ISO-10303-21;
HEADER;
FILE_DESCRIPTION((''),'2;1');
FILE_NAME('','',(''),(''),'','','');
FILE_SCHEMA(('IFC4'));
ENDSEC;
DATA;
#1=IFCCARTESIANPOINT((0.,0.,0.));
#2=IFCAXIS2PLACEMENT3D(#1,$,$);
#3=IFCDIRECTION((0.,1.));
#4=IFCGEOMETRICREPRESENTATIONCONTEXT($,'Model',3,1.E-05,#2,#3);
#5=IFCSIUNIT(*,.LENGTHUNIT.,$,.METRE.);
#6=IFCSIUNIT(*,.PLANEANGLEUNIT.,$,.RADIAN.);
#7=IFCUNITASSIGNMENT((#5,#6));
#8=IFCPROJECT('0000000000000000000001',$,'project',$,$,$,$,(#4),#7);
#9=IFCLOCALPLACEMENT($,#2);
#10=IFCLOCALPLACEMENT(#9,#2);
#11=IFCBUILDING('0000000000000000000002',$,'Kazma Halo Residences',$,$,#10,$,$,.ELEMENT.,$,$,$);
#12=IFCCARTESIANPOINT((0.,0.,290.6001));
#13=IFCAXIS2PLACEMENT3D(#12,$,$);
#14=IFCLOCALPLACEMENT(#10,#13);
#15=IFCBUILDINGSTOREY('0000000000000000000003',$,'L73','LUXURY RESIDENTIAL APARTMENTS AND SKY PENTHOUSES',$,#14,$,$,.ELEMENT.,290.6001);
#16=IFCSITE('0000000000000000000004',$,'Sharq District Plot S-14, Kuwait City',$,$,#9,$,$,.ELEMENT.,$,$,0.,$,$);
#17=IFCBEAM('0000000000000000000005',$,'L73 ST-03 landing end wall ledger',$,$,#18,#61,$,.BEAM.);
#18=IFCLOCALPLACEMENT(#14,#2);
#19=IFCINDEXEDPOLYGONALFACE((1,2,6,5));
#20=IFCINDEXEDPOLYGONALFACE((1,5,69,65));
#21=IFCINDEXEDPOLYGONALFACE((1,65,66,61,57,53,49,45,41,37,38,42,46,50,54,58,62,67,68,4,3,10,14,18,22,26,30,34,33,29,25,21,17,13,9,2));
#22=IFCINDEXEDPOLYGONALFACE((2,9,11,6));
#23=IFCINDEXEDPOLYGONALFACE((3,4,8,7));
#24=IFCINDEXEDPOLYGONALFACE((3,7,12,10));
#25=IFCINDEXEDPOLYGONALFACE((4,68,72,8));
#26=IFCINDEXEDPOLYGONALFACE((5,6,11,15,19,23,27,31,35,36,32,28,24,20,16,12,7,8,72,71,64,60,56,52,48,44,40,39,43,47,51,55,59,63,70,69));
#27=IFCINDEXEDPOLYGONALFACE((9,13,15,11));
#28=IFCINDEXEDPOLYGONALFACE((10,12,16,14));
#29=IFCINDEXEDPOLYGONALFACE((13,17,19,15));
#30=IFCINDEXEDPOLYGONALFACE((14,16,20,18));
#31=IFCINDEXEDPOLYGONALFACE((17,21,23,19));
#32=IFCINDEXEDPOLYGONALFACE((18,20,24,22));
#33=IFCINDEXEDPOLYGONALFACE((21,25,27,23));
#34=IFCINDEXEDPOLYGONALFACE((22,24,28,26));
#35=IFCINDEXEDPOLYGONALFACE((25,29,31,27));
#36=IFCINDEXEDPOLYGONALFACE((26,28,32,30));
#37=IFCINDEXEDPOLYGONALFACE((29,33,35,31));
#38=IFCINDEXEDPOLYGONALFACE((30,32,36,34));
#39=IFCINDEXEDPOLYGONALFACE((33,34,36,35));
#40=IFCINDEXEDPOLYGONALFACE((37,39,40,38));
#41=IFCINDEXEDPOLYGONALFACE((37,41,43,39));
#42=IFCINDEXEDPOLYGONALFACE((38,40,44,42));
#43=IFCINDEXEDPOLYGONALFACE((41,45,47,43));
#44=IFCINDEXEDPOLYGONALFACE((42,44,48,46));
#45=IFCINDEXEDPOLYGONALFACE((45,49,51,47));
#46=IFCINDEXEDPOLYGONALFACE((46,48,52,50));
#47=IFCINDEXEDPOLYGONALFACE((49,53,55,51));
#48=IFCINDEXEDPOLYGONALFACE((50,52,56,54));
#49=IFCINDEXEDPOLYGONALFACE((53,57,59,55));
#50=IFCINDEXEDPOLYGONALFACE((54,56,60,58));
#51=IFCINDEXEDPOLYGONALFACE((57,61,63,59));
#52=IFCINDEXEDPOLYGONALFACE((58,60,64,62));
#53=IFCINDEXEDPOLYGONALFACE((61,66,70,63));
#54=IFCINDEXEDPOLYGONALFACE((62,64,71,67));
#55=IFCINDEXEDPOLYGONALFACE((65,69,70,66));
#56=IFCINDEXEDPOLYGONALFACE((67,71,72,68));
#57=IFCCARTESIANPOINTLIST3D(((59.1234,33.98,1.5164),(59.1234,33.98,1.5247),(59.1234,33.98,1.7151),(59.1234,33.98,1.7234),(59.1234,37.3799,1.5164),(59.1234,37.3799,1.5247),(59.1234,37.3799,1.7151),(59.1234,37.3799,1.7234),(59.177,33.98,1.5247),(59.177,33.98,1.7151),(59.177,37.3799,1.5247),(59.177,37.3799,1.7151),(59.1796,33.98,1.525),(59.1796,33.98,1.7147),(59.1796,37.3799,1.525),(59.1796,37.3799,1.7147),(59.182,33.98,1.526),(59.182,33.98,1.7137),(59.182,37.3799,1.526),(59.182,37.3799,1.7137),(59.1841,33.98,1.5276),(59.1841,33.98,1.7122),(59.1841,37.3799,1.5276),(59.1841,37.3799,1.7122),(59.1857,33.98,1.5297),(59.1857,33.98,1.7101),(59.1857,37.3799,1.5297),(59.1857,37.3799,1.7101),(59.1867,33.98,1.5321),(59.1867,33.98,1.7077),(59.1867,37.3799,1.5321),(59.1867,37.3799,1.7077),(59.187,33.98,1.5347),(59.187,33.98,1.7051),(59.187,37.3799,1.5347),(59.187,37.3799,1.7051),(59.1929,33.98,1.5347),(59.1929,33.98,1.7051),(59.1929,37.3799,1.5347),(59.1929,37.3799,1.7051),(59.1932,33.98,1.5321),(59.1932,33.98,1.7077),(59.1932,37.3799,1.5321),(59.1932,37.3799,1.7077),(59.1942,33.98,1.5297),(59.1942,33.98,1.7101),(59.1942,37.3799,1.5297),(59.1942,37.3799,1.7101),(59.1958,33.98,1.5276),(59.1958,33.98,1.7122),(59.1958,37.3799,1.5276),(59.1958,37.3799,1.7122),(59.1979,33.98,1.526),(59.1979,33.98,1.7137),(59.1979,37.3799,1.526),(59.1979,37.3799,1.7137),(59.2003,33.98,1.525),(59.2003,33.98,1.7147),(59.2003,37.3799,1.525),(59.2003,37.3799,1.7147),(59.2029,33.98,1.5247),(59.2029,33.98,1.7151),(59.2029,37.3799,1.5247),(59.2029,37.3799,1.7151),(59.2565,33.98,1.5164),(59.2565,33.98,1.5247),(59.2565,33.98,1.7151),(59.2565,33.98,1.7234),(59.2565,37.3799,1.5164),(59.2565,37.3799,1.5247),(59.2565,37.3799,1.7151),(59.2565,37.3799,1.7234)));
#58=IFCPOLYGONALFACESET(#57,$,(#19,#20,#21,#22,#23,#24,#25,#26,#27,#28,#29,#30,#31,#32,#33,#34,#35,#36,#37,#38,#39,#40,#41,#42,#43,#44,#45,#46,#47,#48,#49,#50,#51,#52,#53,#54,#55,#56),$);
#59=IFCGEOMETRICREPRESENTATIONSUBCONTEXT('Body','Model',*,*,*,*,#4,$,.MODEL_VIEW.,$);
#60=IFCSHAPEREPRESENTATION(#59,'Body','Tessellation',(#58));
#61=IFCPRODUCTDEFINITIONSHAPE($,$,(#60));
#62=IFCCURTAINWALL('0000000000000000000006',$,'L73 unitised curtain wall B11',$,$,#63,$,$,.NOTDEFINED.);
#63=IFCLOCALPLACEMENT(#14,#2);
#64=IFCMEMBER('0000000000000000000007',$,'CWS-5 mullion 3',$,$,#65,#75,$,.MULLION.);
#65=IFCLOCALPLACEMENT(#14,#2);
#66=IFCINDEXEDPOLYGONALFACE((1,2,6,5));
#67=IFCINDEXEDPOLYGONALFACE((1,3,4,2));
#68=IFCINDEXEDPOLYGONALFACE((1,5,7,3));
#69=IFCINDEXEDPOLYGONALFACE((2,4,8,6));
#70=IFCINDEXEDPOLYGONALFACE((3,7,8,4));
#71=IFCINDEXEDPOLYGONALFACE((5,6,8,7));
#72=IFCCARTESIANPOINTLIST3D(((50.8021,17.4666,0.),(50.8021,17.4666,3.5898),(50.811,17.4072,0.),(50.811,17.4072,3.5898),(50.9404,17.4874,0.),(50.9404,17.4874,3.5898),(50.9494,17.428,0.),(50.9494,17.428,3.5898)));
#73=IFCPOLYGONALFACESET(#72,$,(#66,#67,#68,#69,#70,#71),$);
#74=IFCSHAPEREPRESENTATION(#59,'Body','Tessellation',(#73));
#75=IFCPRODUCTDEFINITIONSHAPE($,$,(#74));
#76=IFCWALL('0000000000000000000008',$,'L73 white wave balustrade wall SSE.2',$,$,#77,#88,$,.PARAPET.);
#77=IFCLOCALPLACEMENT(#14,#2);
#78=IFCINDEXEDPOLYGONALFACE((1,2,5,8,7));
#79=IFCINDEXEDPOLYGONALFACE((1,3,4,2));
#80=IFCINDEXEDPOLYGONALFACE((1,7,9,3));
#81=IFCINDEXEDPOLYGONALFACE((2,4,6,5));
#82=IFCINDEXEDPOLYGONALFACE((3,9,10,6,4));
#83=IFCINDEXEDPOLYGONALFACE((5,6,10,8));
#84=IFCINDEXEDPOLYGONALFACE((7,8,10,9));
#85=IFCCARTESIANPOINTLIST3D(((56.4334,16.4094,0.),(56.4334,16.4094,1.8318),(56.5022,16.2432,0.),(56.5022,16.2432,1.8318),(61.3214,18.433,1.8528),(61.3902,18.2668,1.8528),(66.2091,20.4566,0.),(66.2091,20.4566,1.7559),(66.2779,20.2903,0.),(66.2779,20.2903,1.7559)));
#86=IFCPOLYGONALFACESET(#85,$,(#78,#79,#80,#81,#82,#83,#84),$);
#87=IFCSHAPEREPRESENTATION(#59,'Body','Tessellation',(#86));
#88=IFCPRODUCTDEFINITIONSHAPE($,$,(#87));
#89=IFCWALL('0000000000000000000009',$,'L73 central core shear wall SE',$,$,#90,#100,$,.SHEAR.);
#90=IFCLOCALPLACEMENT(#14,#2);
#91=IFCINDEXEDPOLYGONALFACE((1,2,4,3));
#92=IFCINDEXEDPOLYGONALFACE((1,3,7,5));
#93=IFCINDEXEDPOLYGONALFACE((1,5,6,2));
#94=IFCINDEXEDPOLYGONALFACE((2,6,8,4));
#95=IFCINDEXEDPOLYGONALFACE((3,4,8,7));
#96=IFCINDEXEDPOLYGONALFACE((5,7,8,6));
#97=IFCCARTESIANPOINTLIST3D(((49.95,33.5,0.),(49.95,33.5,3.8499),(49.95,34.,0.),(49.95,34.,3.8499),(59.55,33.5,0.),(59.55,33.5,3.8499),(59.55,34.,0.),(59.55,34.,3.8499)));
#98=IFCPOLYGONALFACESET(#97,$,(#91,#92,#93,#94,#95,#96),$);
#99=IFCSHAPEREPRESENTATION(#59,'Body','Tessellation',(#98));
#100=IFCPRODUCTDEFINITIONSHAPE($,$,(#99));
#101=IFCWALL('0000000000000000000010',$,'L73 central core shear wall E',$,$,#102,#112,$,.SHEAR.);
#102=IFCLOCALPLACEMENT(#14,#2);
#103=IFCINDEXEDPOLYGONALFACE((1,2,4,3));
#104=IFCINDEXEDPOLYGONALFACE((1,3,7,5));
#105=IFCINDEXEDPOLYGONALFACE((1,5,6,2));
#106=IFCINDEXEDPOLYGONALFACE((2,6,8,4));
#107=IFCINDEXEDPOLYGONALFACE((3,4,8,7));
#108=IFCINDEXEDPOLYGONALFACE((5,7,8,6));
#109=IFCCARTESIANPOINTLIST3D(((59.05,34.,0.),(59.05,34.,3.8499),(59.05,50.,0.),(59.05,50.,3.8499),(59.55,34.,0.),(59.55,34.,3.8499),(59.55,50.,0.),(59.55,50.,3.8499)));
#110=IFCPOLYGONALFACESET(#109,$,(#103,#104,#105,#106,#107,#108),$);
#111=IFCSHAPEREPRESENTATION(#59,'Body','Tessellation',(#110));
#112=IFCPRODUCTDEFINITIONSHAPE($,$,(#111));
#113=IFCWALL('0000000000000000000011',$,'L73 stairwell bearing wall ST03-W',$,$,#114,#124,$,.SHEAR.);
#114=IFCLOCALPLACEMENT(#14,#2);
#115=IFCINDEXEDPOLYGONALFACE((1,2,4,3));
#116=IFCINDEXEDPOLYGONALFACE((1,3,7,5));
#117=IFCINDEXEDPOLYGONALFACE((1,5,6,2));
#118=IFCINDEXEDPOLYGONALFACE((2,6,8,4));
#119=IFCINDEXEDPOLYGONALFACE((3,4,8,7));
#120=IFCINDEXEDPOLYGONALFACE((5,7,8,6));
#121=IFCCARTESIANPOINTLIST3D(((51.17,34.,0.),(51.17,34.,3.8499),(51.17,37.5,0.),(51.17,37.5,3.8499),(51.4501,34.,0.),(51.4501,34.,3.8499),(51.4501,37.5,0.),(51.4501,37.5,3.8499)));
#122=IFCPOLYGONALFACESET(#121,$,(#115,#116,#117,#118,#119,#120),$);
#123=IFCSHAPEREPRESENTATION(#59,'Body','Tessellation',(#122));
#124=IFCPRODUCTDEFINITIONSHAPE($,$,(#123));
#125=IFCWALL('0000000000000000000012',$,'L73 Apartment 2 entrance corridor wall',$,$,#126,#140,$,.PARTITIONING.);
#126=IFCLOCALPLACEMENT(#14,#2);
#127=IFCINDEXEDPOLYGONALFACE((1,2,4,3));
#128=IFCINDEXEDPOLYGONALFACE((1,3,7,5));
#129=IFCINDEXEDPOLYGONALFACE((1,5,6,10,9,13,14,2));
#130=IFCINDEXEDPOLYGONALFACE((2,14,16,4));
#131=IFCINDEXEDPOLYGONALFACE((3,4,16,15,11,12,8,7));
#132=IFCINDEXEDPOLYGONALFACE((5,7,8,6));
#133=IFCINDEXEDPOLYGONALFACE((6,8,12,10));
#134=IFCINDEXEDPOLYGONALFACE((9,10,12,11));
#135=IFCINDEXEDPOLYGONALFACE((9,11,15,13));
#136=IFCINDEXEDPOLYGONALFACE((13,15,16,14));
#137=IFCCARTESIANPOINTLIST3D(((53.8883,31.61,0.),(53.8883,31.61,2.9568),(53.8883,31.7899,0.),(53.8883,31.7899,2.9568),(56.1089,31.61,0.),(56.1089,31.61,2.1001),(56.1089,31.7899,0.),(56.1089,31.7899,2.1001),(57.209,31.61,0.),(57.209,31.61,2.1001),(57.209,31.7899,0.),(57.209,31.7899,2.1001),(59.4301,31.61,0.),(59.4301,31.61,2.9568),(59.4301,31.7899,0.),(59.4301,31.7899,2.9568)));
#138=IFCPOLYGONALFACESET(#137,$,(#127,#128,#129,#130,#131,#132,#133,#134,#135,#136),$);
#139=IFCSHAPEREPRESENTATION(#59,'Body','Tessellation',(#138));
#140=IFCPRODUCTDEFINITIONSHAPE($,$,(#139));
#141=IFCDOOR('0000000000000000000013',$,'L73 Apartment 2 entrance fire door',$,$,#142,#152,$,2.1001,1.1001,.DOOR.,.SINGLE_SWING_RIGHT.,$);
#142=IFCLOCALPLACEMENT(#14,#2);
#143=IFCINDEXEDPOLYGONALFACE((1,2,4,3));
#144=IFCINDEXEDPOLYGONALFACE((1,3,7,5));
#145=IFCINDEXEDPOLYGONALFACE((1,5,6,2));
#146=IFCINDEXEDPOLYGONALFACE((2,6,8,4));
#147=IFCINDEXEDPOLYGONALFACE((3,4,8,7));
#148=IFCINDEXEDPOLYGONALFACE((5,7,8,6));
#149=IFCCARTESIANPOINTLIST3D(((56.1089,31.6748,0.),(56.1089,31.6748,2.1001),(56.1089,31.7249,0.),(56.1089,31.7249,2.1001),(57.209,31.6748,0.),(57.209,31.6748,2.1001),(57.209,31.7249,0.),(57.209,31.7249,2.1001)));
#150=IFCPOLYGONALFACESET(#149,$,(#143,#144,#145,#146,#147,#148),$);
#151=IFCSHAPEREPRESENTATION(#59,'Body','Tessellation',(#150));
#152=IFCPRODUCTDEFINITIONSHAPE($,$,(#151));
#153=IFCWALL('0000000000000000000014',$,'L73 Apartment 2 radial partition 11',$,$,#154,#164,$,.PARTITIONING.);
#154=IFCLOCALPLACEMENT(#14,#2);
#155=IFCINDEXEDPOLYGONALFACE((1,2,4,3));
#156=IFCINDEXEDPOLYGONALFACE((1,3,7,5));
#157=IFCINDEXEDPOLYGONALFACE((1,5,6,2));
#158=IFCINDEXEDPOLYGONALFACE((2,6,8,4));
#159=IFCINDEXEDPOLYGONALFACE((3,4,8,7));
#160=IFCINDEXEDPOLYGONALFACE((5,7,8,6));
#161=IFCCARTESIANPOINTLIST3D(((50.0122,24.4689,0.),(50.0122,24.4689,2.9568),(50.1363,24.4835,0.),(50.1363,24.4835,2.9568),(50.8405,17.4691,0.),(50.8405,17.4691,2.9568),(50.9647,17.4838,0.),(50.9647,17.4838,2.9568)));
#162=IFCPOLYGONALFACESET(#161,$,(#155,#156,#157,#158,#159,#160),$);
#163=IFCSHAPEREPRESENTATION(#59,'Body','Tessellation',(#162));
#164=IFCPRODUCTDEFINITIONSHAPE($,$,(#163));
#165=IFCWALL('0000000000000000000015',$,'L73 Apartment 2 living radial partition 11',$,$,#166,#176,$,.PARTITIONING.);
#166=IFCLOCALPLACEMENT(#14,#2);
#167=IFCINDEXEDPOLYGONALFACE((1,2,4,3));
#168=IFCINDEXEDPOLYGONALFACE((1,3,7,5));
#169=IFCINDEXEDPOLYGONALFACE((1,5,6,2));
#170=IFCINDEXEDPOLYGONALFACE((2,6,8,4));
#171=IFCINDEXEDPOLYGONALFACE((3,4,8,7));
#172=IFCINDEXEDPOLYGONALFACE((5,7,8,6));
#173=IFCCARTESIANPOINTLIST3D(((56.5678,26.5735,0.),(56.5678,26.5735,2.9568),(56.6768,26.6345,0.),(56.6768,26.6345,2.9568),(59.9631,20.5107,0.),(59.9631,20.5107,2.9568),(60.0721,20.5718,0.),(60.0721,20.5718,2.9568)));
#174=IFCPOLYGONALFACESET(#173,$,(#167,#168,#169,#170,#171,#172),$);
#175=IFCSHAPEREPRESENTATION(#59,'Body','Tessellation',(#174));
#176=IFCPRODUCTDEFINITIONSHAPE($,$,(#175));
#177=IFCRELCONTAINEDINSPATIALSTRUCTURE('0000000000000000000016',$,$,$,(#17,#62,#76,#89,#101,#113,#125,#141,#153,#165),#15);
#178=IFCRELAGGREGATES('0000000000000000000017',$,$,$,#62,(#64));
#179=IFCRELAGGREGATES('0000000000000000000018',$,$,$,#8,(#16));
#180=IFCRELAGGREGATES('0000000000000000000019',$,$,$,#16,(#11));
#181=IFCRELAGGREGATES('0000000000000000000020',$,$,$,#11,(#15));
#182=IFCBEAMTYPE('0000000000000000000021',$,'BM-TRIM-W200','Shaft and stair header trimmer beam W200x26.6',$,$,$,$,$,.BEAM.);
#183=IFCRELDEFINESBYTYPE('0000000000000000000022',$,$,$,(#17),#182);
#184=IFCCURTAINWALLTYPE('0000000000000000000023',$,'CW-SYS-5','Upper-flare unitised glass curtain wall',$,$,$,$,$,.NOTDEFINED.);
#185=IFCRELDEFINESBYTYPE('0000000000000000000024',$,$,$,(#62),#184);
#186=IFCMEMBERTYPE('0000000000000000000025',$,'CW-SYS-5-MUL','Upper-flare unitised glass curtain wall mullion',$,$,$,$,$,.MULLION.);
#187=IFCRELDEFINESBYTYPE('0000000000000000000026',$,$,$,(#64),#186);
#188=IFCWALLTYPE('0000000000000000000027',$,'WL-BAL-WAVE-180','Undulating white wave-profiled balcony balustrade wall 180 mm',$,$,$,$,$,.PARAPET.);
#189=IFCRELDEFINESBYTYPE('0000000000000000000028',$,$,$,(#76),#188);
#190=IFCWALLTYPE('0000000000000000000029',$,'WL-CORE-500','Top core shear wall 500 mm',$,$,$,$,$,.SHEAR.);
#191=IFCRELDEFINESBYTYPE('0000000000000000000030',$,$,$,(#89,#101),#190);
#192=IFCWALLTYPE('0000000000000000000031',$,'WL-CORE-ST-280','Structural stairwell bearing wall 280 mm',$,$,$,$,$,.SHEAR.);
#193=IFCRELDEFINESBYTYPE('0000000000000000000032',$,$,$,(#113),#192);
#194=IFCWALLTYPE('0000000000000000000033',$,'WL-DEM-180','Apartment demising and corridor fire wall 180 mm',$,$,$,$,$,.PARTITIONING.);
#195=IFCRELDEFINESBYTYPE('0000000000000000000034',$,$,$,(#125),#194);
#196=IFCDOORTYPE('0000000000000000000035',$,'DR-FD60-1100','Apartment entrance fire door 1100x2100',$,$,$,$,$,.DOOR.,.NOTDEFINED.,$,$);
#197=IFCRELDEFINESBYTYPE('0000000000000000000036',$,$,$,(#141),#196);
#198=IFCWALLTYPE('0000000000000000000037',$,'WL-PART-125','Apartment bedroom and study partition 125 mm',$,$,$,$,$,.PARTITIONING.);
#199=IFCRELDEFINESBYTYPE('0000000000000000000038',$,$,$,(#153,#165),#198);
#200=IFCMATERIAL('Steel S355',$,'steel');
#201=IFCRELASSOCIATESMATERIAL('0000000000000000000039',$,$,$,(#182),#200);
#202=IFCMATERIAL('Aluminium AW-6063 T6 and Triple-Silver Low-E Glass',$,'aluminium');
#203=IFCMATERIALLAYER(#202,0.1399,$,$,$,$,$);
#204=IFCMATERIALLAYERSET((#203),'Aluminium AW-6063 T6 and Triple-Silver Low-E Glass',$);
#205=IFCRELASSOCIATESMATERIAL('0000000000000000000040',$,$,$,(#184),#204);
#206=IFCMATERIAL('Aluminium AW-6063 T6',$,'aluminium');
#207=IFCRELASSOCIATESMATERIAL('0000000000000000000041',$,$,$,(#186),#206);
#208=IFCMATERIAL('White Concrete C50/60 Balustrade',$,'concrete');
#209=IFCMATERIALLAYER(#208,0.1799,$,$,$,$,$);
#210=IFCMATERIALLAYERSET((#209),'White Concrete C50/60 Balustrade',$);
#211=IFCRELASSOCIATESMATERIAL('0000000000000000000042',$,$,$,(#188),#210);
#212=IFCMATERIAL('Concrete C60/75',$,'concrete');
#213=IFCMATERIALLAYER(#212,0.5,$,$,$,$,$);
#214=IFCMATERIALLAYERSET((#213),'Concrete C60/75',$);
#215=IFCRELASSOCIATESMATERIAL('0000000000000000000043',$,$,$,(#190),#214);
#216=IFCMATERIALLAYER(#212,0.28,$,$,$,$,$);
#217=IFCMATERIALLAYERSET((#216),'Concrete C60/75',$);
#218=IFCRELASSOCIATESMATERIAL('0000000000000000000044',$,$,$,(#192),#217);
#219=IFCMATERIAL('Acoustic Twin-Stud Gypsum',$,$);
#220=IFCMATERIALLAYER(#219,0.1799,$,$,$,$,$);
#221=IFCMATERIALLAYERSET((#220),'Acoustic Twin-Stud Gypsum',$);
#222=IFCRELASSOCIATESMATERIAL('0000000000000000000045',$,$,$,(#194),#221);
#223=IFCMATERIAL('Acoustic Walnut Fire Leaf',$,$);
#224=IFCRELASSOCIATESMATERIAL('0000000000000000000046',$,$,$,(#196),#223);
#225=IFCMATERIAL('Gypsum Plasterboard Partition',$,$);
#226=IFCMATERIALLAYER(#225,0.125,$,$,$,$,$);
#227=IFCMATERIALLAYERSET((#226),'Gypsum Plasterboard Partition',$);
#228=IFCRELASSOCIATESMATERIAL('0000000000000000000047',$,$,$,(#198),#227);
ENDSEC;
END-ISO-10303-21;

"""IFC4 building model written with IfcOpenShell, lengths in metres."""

from ifc_helpers import new_model, si_unit, direction, frame, frame_2d, origin, origin_2d, place, context, subcontext, project, spatial, polyline, rectangle, i_section, outline, extrude, material, layer, layer_set, material_profile, profile_set, type_object, element, fill, aggregate, save


model = new_model("IFC4")

# Units and contexts
model_context = context("Model", 3, precision=1e-05, world=origin(), true_north=direction((0.0, 1.0)))
body_context = subcontext(model_context, "Body", "Model", "MODEL_VIEW")
ifc_project = project(units=[si_unit("LENGTHUNIT", "METRE"), si_unit("PLANEANGLEUNIT", "RADIAN")], contexts=[model_context])

# Site, building, storey
site_placement = place(None, origin())
site = spatial("IfcSite", under=ifc_project, at=site_placement, Name="Sharq District Plot S-14, Kuwait City", CompositionType="ELEMENT", RefElevation=0.0)
building_placement = place(site_placement, origin())
building = spatial("IfcBuilding", under=site, at=building_placement, Name="Kazma Halo Residences", CompositionType="ELEMENT")
storey_placement = place(building_placement, frame((0.0, 0.0, 290.6001)))
storey = spatial("IfcBuildingStorey", under=building, at=storey_placement, Name="L73", Description="LUXURY RESIDENTIAL APARTMENTS AND SKY PENTHOUSES", CompositionType="ELEMENT", Elevation=290.6001)

# Shared definitions
ifc_material_1 = material(Name="Concrete C60/75", Category="concrete")

# Beam
ifc_material_2 = material(Name="Steel S355", Category="steel")
ifc_material_profile_1 = material_profile(ifc_material_2, i_section(OverallWidth=0.1331, OverallDepth=0.207, WebThickness=0.0059, FlangeThickness=0.0083, FilletRadius=0.01, at=origin_2d()), Name="W200x26.6")
ifc_profile_set_1 = profile_set([ifc_material_profile_1], Name="Steel S355")
beam_type_1 = type_object("IfcBeamType", Name="BM-TRIM-W200", Description="Shaft and stair header trimmer beam W200x26.6", PredefinedType="BEAM", material=ifc_profile_set_1)
beam_1_placement = place(storey_placement, frame((59.1899, 33.98, 1.6199), z_axis=(0.0, 1.0, 0.0), x_axis=(-1.0, 0.0, 0.0)))
element("IfcBeam", 1, at=beam_1_placement, inside=storey, type_object=beam_type_1, Name="L73 ST-03 landing end wall ledger", PredefinedType="BEAM", context=body_context, shape_type="SweptSolid", body=[
    extrude(i_section(OverallWidth=0.1331, OverallDepth=0.207, WebThickness=0.0059, FlangeThickness=0.0083, FilletRadius=0.01, at=origin_2d()), origin(), (0.0, 0.0, 1.0), 3.3999),
])

# Curtain wall, member
ifc_material_3 = material(Name="Aluminium AW-6063 T6 and Triple-Silver Low-E Glass", Category="aluminium")
ifc_layer_1 = layer(ifc_material_3, 0.1399)
ifc_layer_set_1 = layer_set([ifc_layer_1], Name="Aluminium AW-6063 T6 and Triple-Silver Low-E Glass")
curtain_wall_type = type_object("IfcCurtainWallType", Name="CW-SYS-5", Description="Upper-flare unitised glass curtain wall", PredefinedType="NOTDEFINED", material=ifc_layer_set_1)
curtain_wall_placement = place(storey_placement, origin())
curtain_wall = element("IfcCurtainWall", 2, at=curtain_wall_placement, inside=storey, type_object=curtain_wall_type, Name="L73 unitised curtain wall B11", PredefinedType="NOTDEFINED")
ifc_material_4 = material(Name="Aluminium AW-6063 T6", Category="aluminium")
ifc_material_profile_2 = material_profile(ifc_material_4, rectangle(XDim=0.0601, YDim=0.1399, at=origin_2d()), Name="CWM-60x140")
ifc_profile_set_2 = profile_set([ifc_material_profile_2], Name="Aluminium AW-6063 T6")
member_type = type_object("IfcMemberType", Name="CW-SYS-5-MUL", Description="Upper-flare unitised glass curtain wall mullion", PredefinedType="MULLION", material=ifc_profile_set_2)
member_placement = place(storey_placement, frame((50.8757, 17.4473, 0.0), z_axis=(0.0, 0.0, 1.0), x_axis=(-0.148697, 0.988883, 0.0)))
member = element("IfcMember", 3, at=member_placement, type_object=member_type, Name="CWS-5 mullion 3", PredefinedType="MULLION", context=body_context, shape_type="SweptSolid", body=[
    extrude(rectangle(XDim=0.0601, YDim=0.1399, at=origin_2d()), origin(), (0.0, 0.0, 1.0), 3.5898),
])
aggregate(curtain_wall, [member])

# Walls
ifc_material_5 = material(Name="White Concrete C50/60 Balustrade", Category="concrete")
ifc_layer_2 = layer(ifc_material_5, 0.1799)
ifc_layer_set_2 = layer_set([ifc_layer_2], Name="White Concrete C50/60 Balustrade")
wall_type_1 = type_object("IfcWallType", Name="WL-BAL-WAVE-180", Description="Undulating white wave-profiled balcony balustrade wall 180 mm", PredefinedType="PARAPET", material=ifc_layer_set_2)
wall_1_placement = place(storey_placement, frame((56.4678, 16.3264, 0.0), z_axis=(0.0, 0.0, 1.0), x_axis=(0.923949, 0.382516, 0.0)))
element("IfcWall", 4, at=wall_1_placement, inside=storey, type_object=wall_type_1, Name="L73 white wave balustrade wall SSE.2", PredefinedType="PARAPET", context=body_context, shape_type="SweptSolid", body=[
    extrude(outline(polyline([(0.0, 0.0), (10.5803, 0.0), (10.5803, 1.7559), (5.2903, 1.8528), (0.0, 1.8318), (0.0, 0.0)])), frame((0.0, 0.0898, 0.0), z_axis=(0.0, -1.0, 0.0), x_axis=(1.0, 0.0, 0.0)), (0.0, 0.0, 1.0), 0.1799),
])
ifc_layer_3 = layer(ifc_material_1, 0.5)
ifc_layer_set_3 = layer_set([ifc_layer_3], Name="Concrete C60/75")
wall_type_2 = type_object("IfcWallType", Name="WL-CORE-500", Description="Top core shear wall 500 mm", PredefinedType="SHEAR", material=ifc_layer_set_3)
wall_2_placement = place(storey_placement, frame((49.95, 33.75, 0.0), z_axis=(0.0, 0.0, 1.0), x_axis=(1.0, 0.0, 0.0)))
element("IfcWall", 5, at=wall_2_placement, inside=storey, type_object=wall_type_2, Name="L73 central core shear wall SE", PredefinedType="SHEAR", context=body_context, shape_type="SweptSolid", body=[
    extrude(rectangle(XDim=9.6001, YDim=0.5, at=frame_2d((4.8, 0.0))), origin(), (0.0, 0.0, 1.0), 3.8499),
])
wall_3_placement = place(storey_placement, frame((59.3, 34.0, 0.0), z_axis=(0.0, 0.0, 1.0), x_axis=(0.0, 1.0, 0.0)))
element("IfcWall", 6, at=wall_3_placement, inside=storey, type_object=wall_type_2, Name="L73 central core shear wall E", PredefinedType="SHEAR", context=body_context, shape_type="SweptSolid", body=[
    extrude(rectangle(XDim=16.0, YDim=0.5, at=frame_2d((8.0, 0.0))), origin(), (0.0, 0.0, 1.0), 3.8499),
])
ifc_layer_4 = layer(ifc_material_1, 0.28)
ifc_layer_set_4 = layer_set([ifc_layer_4], Name="Concrete C60/75")
wall_type_3 = type_object("IfcWallType", Name="WL-CORE-ST-280", Description="Structural stairwell bearing wall 280 mm", PredefinedType="SHEAR", material=ifc_layer_set_4)
wall_4_placement = place(storey_placement, frame((51.3101, 34.0, 0.0), z_axis=(0.0, 0.0, 1.0), x_axis=(0.0, 1.0, 0.0)))
element("IfcWall", 7, at=wall_4_placement, inside=storey, type_object=wall_type_3, Name="L73 stairwell bearing wall ST03-W", PredefinedType="SHEAR", context=body_context, shape_type="SweptSolid", body=[
    extrude(rectangle(XDim=3.5, YDim=0.28, at=frame_2d((1.75, 0.0))), origin(), (0.0, 0.0, 1.0), 3.8499),
])

# Wall, opening, door
ifc_material_6 = material(Name="Acoustic Twin-Stud Gypsum")
ifc_layer_5 = layer(ifc_material_6, 0.1799)
ifc_layer_set_5 = layer_set([ifc_layer_5], Name="Acoustic Twin-Stud Gypsum")
wall_type_4 = type_object("IfcWallType", Name="WL-DEM-180", Description="Apartment demising and corridor fire wall 180 mm", PredefinedType="PARTITIONING", material=ifc_layer_set_5)
wall_5_placement = place(storey_placement, frame((53.8882, 31.7, 0.0), z_axis=(0.0, 0.0, 1.0), x_axis=(1.0, 0.0, 0.0)))
wall_5 = element("IfcWall", 8, at=wall_5_placement, inside=storey, type_object=wall_type_4, Name="L73 Apartment 2 entrance corridor wall", PredefinedType="PARTITIONING", context=body_context, shape_type="SweptSolid", body=[
    extrude(rectangle(XDim=5.5417, YDim=0.1799, at=frame_2d((2.771, 0.0))), origin(), (0.0, 0.0, 1.0), 2.9568),
])
opening_1_placement = place(wall_5_placement, frame((2.2207, 0.0, 0.0)))
opening_1 = element("IfcOpeningElement", 9, at=opening_1_placement, cuts=wall_5, PredefinedType="OPENING", context=body_context, shape_type="SweptSolid", body=[
    extrude(rectangle(XDim=1.1001, YDim=2.1001, at=frame_2d((0.55, 1.05))), frame((0.0, 0.0999, 0.0), z_axis=(0.0, -1.0, 0.0), x_axis=(1.0, 0.0, 0.0)), (0.0, 0.0, 1.0), 0.2),
])
ifc_material_7 = material(Name="Acoustic Walnut Fire Leaf")
door_type_1 = type_object("IfcDoorType", Name="DR-FD60-1100", Description="Apartment entrance fire door 1100x2100", OperationType="NOTDEFINED", PredefinedType="DOOR", material=ifc_material_7)
door_1_placement = place(opening_1_placement, origin())
door_1 = element("IfcDoor", 10, at=door_1_placement, inside=storey, type_object=door_type_1, Name="L73 Apartment 2 entrance fire door", OperationType="SINGLE_SWING_RIGHT", OverallHeight=2.1001, OverallWidth=1.1001, PredefinedType="DOOR", context=body_context, shape_type="SweptSolid", body=[
    extrude(rectangle(XDim=1.1001, YDim=2.1001, at=frame_2d((0.55, 1.05))), frame((0.0, 0.0249, 0.0), z_axis=(0.0, -1.0, 0.0), x_axis=(1.0, 0.0, 0.0)), (0.0, 0.0, 1.0), 0.05),
])
fill(opening_1, door_1)

# Walls
ifc_material_8 = material(Name="Gypsum Plasterboard Partition")
ifc_layer_6 = layer(ifc_material_8, 0.125)
ifc_layer_set_6 = layer_set([ifc_layer_6], Name="Gypsum Plasterboard Partition")
wall_type_5 = type_object("IfcWallType", Name="WL-PART-125", Description="Apartment bedroom and study partition 125 mm", PredefinedType="PARTITIONING", material=ifc_layer_set_6)
wall_6_placement = place(storey_placement, frame((50.0742, 24.4763, 0.0), z_axis=(0.0, 0.0, 1.0), x_axis=(0.117522, -0.99307, 0.0)))
element("IfcWall", 11, at=wall_6_placement, inside=storey, type_object=wall_type_5, Name="L73 Apartment 2 radial partition 11", PredefinedType="PARTITIONING", context=body_context, shape_type="SweptSolid", body=[
    extrude(rectangle(XDim=7.0486, YDim=0.125, at=frame_2d((3.5244, 0.0))), origin(), (0.0, 0.0, 1.0), 2.9568),
])
wall_7_placement = place(storey_placement, frame((56.6223, 26.604, 0.0), z_axis=(0.0, 0.0, 1.0), x_axis=(0.488617, -0.872498, 0.0)))
element("IfcWall", 12, at=wall_7_placement, inside=storey, type_object=wall_type_5, Name="L73 Apartment 2 living radial partition 11", PredefinedType="PARTITIONING", context=body_context, shape_type="SweptSolid", body=[
    extrude(rectangle(XDim=6.9487, YDim=0.125, at=frame_2d((3.4744, 0.0))), origin(), (0.0, 0.0, 1.0), 2.9568),
])

save(model, "model.ifc")
